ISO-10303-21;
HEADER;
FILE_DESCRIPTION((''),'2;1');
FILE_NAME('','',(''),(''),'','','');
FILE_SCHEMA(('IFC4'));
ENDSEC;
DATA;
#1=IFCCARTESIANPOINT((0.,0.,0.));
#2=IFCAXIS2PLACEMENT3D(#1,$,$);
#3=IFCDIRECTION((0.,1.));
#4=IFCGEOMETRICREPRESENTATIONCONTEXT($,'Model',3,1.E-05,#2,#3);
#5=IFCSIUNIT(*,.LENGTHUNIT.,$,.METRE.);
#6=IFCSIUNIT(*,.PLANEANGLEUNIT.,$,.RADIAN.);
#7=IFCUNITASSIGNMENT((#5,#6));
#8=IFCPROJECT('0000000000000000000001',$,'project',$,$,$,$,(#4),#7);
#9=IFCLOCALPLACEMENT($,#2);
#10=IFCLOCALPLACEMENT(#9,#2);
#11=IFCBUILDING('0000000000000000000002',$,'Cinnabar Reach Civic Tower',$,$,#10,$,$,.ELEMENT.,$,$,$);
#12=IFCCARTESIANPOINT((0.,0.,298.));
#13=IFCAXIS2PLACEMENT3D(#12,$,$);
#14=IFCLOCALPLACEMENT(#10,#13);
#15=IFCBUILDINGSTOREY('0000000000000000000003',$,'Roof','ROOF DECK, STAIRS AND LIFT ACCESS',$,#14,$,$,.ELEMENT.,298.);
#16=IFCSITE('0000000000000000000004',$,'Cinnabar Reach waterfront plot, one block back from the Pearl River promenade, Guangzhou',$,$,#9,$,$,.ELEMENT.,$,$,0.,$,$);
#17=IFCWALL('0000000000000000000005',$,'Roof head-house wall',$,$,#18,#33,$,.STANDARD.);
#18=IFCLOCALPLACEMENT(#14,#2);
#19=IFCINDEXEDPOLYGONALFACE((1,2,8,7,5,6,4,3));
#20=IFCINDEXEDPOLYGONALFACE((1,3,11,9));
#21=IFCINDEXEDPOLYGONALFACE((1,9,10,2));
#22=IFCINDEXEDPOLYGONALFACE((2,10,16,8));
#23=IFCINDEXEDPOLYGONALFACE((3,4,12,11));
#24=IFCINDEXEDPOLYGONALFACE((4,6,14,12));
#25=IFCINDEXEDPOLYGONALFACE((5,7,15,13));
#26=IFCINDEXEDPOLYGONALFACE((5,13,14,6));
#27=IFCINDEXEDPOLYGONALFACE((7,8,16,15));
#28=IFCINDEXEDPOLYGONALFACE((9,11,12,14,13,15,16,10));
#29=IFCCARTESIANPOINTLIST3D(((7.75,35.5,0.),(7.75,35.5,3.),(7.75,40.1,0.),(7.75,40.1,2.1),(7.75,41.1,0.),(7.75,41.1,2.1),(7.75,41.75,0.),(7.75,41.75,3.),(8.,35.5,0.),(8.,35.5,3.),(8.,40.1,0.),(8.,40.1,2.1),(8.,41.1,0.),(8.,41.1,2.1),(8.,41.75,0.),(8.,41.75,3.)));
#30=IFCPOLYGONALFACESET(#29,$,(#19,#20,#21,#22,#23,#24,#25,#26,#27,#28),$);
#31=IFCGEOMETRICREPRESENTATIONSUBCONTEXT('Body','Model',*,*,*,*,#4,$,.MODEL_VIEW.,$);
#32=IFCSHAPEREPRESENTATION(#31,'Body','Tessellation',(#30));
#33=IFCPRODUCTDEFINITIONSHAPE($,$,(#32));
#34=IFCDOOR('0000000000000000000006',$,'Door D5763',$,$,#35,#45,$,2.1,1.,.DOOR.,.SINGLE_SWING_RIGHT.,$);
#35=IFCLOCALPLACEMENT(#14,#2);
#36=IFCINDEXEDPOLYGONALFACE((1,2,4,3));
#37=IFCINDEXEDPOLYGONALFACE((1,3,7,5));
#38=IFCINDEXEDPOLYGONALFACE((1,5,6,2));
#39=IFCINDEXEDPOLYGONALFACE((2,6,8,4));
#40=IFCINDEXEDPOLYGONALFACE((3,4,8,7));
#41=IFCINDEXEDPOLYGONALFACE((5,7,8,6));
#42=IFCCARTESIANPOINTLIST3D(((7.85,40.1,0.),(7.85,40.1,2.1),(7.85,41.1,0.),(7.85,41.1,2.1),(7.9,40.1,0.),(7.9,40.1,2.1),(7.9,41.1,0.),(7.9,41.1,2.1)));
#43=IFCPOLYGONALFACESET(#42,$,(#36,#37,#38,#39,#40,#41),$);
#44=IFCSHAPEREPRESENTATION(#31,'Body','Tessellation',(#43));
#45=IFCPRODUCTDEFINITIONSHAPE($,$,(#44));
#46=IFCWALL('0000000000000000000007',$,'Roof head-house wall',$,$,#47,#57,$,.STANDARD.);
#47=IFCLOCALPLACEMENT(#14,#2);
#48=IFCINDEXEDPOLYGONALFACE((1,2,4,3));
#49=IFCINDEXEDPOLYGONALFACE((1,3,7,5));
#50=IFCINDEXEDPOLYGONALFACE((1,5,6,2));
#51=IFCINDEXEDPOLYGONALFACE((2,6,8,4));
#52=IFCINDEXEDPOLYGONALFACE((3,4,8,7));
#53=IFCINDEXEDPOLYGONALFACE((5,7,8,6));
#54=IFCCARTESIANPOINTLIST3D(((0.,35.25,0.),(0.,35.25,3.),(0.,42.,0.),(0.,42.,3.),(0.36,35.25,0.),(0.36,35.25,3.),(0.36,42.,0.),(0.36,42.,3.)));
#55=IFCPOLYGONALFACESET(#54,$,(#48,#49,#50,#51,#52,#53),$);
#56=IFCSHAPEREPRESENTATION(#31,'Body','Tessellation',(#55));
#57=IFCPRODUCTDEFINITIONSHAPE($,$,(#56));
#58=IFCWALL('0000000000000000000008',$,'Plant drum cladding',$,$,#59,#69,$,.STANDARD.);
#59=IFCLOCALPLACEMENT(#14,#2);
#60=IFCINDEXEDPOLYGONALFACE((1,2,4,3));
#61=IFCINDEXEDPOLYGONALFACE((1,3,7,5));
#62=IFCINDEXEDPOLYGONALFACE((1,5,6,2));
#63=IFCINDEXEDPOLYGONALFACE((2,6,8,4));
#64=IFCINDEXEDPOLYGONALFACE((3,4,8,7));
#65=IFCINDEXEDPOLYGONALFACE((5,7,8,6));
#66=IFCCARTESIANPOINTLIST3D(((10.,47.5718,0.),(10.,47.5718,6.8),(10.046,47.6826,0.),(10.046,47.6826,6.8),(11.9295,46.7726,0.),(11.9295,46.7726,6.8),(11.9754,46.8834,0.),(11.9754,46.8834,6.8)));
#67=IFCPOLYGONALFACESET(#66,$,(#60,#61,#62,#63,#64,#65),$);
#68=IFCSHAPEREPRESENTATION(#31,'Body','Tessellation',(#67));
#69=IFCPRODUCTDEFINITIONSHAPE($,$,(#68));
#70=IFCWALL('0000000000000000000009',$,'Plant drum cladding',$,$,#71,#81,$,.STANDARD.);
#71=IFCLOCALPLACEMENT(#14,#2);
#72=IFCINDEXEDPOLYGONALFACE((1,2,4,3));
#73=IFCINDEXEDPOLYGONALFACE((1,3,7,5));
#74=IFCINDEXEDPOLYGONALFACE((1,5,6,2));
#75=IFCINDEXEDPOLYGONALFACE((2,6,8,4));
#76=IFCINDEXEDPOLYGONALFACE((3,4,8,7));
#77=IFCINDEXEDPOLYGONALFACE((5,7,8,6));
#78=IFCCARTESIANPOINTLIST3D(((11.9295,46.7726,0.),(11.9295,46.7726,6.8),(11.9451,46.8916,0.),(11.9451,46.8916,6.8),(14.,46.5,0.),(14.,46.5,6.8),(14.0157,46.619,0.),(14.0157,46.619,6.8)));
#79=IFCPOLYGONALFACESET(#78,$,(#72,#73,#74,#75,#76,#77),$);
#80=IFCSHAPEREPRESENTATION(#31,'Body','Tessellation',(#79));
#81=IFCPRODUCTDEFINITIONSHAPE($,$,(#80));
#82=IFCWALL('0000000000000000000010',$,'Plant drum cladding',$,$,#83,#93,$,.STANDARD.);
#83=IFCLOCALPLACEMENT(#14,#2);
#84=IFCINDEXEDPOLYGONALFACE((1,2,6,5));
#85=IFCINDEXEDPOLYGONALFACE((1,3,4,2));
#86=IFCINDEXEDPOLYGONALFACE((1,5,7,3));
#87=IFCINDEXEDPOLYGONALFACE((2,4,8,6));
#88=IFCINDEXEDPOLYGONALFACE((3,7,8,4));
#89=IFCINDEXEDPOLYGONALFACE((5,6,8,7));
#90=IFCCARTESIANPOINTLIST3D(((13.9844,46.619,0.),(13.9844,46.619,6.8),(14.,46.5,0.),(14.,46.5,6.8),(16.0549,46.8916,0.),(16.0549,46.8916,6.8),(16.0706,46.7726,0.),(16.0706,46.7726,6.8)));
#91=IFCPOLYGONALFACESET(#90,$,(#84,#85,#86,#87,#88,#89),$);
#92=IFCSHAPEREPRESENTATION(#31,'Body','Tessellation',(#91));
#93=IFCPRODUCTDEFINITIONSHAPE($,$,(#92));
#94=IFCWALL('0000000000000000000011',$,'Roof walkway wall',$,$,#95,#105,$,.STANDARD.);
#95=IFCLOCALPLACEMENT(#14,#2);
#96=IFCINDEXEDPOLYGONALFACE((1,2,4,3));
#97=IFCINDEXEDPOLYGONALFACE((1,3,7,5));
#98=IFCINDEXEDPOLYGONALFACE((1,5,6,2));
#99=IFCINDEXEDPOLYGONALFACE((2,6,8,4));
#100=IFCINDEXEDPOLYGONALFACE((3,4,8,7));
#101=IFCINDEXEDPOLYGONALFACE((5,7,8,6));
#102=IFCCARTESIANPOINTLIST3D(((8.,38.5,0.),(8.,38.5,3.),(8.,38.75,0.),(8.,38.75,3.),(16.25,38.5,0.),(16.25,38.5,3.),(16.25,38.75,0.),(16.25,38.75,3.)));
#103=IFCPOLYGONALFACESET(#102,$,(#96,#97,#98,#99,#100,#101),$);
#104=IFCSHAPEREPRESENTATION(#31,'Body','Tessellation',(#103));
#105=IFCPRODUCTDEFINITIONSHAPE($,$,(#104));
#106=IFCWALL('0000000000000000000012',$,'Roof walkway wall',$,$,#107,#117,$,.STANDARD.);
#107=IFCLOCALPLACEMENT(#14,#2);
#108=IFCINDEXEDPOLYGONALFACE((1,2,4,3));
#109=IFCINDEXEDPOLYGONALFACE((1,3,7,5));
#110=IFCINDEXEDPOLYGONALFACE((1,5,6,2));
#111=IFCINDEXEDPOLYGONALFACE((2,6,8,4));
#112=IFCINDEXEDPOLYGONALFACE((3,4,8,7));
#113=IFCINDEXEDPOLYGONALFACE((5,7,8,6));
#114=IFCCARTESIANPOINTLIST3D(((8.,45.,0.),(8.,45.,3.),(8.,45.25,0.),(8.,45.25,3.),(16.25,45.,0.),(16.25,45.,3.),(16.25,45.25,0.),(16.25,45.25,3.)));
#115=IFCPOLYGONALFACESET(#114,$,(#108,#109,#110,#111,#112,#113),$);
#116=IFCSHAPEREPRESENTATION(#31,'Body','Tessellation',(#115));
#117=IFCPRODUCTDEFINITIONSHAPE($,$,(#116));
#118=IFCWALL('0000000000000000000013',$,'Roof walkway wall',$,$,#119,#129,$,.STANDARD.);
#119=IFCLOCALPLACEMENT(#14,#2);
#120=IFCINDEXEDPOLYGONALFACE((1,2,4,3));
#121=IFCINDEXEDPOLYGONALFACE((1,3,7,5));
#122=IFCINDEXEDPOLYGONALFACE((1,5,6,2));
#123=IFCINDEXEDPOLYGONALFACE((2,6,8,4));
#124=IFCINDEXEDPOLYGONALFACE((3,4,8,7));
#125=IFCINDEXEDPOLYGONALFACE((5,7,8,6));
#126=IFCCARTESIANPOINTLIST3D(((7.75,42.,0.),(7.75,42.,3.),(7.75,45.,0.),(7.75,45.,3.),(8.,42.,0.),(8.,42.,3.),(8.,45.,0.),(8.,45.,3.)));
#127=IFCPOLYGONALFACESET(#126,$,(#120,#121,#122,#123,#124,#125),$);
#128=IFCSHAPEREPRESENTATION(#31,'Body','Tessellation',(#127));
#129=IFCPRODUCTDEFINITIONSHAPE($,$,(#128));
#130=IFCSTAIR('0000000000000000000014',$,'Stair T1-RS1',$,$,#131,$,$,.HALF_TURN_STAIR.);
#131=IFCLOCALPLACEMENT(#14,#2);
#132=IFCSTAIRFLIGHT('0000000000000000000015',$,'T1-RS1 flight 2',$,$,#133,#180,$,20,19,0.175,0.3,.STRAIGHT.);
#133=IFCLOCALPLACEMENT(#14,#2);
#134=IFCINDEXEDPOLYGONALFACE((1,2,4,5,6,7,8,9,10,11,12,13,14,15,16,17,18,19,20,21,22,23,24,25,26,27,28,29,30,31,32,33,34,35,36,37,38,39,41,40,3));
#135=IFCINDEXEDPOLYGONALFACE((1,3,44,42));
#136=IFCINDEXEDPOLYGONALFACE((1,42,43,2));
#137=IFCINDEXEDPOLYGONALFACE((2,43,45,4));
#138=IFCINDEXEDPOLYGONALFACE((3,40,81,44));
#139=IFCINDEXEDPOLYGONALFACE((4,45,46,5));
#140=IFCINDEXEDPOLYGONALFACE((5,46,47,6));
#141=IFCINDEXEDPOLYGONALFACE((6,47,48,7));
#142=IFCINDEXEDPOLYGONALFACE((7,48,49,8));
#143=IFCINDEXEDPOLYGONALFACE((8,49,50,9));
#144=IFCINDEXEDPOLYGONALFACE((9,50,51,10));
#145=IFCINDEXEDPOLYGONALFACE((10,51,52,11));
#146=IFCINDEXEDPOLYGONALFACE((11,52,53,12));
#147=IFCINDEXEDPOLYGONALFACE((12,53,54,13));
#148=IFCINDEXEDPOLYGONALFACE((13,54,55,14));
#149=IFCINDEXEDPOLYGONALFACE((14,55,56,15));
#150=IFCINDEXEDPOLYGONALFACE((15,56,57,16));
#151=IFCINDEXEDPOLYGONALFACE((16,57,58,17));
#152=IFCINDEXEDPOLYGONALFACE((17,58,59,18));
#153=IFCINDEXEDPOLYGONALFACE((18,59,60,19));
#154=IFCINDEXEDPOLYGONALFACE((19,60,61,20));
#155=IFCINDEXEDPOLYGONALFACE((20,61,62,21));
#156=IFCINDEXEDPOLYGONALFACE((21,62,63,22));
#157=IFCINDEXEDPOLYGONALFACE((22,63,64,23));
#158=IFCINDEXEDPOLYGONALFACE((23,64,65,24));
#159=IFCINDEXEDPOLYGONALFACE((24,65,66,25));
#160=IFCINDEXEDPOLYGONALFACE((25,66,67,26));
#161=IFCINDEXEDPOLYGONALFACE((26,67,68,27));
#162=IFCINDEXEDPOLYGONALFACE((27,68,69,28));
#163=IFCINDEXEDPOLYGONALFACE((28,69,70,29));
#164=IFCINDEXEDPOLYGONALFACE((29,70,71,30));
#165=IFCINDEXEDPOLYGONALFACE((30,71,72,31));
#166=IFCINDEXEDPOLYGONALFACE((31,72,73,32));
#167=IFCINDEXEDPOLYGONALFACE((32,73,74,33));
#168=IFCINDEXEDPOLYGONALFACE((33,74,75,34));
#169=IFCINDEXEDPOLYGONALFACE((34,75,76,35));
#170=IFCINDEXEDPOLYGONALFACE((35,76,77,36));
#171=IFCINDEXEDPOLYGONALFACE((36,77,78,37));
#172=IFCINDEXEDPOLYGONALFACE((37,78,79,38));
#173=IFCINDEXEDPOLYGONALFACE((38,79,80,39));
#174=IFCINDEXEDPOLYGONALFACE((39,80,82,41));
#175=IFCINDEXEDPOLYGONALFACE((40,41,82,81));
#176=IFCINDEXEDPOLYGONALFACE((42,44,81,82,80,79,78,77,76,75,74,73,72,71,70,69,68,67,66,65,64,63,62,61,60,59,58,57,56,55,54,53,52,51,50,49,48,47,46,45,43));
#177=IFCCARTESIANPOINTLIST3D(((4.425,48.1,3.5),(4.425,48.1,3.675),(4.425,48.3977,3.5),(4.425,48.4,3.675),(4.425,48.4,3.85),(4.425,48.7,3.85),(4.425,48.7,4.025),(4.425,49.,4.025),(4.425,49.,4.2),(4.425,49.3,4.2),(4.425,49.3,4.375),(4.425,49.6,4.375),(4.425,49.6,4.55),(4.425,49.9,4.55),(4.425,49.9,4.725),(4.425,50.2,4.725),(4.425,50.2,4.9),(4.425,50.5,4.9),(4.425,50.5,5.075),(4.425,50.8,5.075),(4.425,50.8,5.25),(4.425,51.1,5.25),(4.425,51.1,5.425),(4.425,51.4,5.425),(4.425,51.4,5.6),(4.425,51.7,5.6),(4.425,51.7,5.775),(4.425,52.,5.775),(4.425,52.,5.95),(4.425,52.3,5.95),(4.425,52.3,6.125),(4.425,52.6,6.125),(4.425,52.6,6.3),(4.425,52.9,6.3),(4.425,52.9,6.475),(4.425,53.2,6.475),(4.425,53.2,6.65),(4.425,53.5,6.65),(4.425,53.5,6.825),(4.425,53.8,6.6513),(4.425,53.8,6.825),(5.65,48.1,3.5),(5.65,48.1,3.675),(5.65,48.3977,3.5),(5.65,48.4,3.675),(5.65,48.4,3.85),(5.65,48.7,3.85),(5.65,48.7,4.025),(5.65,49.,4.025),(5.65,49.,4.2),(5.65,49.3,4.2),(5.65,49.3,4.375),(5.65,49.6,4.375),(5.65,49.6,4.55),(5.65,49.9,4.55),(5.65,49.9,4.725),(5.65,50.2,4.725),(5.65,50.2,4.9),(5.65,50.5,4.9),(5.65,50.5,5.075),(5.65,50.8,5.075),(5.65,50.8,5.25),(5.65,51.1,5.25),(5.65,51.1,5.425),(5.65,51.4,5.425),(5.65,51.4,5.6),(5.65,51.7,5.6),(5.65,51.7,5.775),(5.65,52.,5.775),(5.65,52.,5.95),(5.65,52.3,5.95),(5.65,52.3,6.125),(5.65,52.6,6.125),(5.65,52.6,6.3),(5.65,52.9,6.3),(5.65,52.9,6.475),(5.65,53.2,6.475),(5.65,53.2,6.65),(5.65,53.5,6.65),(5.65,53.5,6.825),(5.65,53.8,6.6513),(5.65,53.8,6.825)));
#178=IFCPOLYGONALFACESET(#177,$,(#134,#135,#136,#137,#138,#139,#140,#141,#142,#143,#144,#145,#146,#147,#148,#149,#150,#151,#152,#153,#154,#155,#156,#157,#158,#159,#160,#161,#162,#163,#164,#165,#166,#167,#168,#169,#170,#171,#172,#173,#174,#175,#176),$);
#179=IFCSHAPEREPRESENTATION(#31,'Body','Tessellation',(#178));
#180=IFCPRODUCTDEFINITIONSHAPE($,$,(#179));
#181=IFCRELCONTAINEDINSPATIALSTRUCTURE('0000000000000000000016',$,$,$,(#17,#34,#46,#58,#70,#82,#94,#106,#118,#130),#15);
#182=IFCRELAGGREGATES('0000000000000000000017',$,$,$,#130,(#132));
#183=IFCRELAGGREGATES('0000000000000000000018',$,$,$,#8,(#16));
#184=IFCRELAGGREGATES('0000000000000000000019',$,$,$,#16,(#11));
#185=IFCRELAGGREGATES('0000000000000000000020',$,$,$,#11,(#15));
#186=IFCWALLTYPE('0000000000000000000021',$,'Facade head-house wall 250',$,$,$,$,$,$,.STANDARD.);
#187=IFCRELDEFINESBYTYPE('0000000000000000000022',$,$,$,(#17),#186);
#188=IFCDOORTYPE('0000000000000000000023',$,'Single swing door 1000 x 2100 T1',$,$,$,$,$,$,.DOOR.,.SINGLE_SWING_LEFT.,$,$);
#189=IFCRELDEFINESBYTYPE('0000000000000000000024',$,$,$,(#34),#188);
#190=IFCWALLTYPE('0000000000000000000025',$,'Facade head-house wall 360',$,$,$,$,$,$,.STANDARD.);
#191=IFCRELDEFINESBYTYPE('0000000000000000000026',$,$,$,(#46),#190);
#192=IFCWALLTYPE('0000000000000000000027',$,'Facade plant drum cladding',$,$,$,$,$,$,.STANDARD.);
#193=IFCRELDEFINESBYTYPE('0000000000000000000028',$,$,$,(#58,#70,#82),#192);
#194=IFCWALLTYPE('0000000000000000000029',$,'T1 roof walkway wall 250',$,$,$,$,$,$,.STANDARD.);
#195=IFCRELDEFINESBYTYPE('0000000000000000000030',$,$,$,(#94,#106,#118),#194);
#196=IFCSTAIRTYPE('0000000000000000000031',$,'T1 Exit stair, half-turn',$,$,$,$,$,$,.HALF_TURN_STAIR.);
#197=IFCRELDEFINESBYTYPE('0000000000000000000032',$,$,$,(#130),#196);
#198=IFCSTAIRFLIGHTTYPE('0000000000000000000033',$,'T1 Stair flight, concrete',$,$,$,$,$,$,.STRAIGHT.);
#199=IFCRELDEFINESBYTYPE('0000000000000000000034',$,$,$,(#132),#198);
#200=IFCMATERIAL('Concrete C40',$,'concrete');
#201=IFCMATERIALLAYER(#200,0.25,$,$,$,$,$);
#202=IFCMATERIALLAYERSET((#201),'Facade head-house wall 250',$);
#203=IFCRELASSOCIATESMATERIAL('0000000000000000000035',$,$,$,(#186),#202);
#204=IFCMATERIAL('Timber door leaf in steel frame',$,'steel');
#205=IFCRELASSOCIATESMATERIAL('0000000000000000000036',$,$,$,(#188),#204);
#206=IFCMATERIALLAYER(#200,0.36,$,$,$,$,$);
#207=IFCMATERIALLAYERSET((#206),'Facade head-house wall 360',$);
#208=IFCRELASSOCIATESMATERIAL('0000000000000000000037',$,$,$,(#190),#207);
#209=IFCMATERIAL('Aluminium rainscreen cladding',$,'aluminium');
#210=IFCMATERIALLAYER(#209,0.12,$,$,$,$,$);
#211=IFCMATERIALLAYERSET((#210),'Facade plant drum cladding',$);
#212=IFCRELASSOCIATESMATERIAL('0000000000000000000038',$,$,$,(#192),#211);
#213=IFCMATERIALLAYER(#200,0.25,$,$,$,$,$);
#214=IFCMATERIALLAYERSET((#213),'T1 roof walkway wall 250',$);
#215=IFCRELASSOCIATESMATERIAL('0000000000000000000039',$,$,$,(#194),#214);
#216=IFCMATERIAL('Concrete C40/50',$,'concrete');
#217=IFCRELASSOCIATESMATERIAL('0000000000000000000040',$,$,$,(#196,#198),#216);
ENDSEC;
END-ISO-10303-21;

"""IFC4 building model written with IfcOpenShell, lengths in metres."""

from ifc_helpers import new_model, si_unit, direction, frame, frame_2d, origin, place, context, subcontext, project, spatial, polyline, rectangle, outline, extrude, material, layer, layer_set, type_object, element, fill, aggregate, save


model = new_model("IFC4")

# Units and contexts
model_context = context("Model", 3, precision=1e-05, world=origin(), true_north=direction((0.0, 1.0)))
body_context = subcontext(model_context, "Body", "Model", "MODEL_VIEW")
ifc_project = project(units=[si_unit("LENGTHUNIT", "METRE"), si_unit("PLANEANGLEUNIT", "RADIAN")], contexts=[model_context])

# Site, building, storey
site_placement = place(None, origin())
site = spatial("IfcSite", under=ifc_project, at=site_placement, Name="Cinnabar Reach waterfront plot, one block back from the Pearl River promenade, Guangzhou", CompositionType="ELEMENT", RefElevation=0.0)
building_placement = place(site_placement, origin())
building = spatial("IfcBuilding", under=site, at=building_placement, Name="Cinnabar Reach Civic Tower", CompositionType="ELEMENT")
storey_placement = place(building_placement, frame((0.0, 0.0, 298.0)))
storey = spatial("IfcBuildingStorey", under=building, at=storey_placement, Name="Roof", Description="ROOF DECK, STAIRS AND LIFT ACCESS", CompositionType="ELEMENT", Elevation=298.0)

# Shared definitions
ifc_material_1 = material(Name="Concrete C40", Category="concrete")
ifc_layer_1 = layer(ifc_material_1, 0.25)
ifc_layer_set_1 = layer_set([ifc_layer_1], Name="Facade head-house wall 250")
wall_type_1 = type_object("IfcWallType", Name="Facade head-house wall 250", PredefinedType="STANDARD", material=ifc_layer_set_1)

# Wall, opening, door
ifc_material_2 = material(Name="Timber door leaf in steel frame", Category="steel")
wall_1_placement = place(storey_placement, frame((7.875, 35.5, 0.0), z_axis=(0.0, 0.0, 1.0), x_axis=(0.0, 1.0, 0.0)))
wall_1 = element("IfcWall", 1, at=wall_1_placement, inside=storey, type_object=wall_type_1, Name="Roof head-house wall", PredefinedType="STANDARD", context=body_context, shape_type="SweptSolid", body=[
    extrude(rectangle(XDim=6.25, YDim=0.25, at=frame_2d((3.125, 0.0))), origin(), (0.0, 0.0, 1.0), 3.0),
])
opening_1_placement = place(wall_1_placement, frame((4.6, 0.0, 0.0)))
opening_1 = element("IfcOpeningElement", 2, at=opening_1_placement, cuts=wall_1, PredefinedType="OPENING", context=body_context, shape_type="SweptSolid", body=[
    extrude(rectangle(XDim=1.0, YDim=2.1, at=frame_2d((0.5, 1.05))), frame((0.0, 0.135, 0.0), z_axis=(0.0, -1.0, 0.0), x_axis=(1.0, 0.0, 0.0)), (0.0, 0.0, 1.0), 0.27),
])
door_type_1 = type_object("IfcDoorType", Name="Single swing door 1000 x 2100 T1", OperationType="SINGLE_SWING_LEFT", PredefinedType="DOOR", material=ifc_material_2)
door_1_placement = place(opening_1_placement, origin())
door_1 = element("IfcDoor", 3, at=door_1_placement, inside=storey, type_object=door_type_1, Name="Door D5763", OperationType="SINGLE_SWING_RIGHT", OverallHeight=2.1, OverallWidth=1.0, PredefinedType="DOOR", context=body_context, shape_type="SweptSolid", body=[
    extrude(rectangle(XDim=1.0, YDim=2.1, at=frame_2d((0.5, 1.05))), frame((0.0, 0.025, 0.0), z_axis=(0.0, -1.0, 0.0), x_axis=(1.0, 0.0, 0.0)), (0.0, 0.0, 1.0), 0.05),
])
fill(opening_1, door_1)

# Walls
ifc_layer_2 = layer(ifc_material_1, 0.36)
ifc_layer_set_2 = layer_set([ifc_layer_2], Name="Facade head-house wall 360")
wall_type_2 = type_object("IfcWallType", Name="Facade head-house wall 360", PredefinedType="STANDARD", material=ifc_layer_set_2)
wall_2_placement = place(storey_placement, frame((0.18, 35.25, 0.0), z_axis=(0.0, 0.0, 1.0), x_axis=(0.0, 1.0, 0.0)))
element("IfcWall", 4, at=wall_2_placement, inside=storey, type_object=wall_type_2, Name="Roof head-house wall", PredefinedType="STANDARD", context=body_context, shape_type="SweptSolid", body=[
    extrude(rectangle(XDim=6.75, YDim=0.36, at=frame_2d((3.375, 0.0))), origin(), (0.0, 0.0, 1.0), 3.0),
])
ifc_material_3 = material(Name="Aluminium rainscreen cladding", Category="aluminium")
ifc_layer_3 = layer(ifc_material_3, 0.12)
ifc_layer_set_3 = layer_set([ifc_layer_3], Name="Facade plant drum cladding")
wall_type_3 = type_object("IfcWallType", Name="Facade plant drum cladding", PredefinedType="STANDARD", material=ifc_layer_set_3)
for number, where, z_axis, x_axis, name in (
    (5, (10.023, 47.6272, 0.0), (0.0, 0.0, 1.0), (0.923877, -0.38269, 0.0), "Plant drum cladding"),
    (6, (11.9373, 46.8321, 0.0), (0.0, 0.0, 1.0), (0.991444, -0.130533, 0.0), "Plant drum cladding"),
    (7, (13.9922, 46.5595, 0.0), (0.0, 0.0, 1.0), (0.991444, 0.130533, 0.0), "Plant drum cladding"),
):
    element("IfcWall", number, at=place(storey_placement, frame(where, z_axis=z_axis, x_axis=x_axis)), inside=storey, type_object=wall_type_3, Name=name, PredefinedType="STANDARD", context=body_context, shape_type="SweptSolid", body=[
        extrude(rectangle(XDim=2.0884, YDim=0.12, at=frame_2d((1.0442, 0.0))), origin(), (0.0, 0.0, 1.0), 6.8),
    ])
ifc_layer_4 = layer(ifc_material_1, 0.25)
ifc_layer_set_4 = layer_set([ifc_layer_4], Name="T1 roof walkway wall 250")
wall_type_4 = type_object("IfcWallType", Name="T1 roof walkway wall 250", PredefinedType="STANDARD", material=ifc_layer_set_4)
for number, where, z_axis, x_axis, name in (
    (8, (8.0, 38.625, 0.0), (0.0, 0.0, 1.0), (1.0, 0.0, 0.0), "Roof walkway wall"),
    (9, (8.0, 45.125, 0.0), (0.0, 0.0, 1.0), (1.0, 0.0, 0.0), "Roof walkway wall"),
):
    element("IfcWall", number, at=place(storey_placement, frame(where, z_axis=z_axis, x_axis=x_axis)), inside=storey, type_object=wall_type_4, Name=name, PredefinedType="STANDARD", context=body_context, shape_type="SweptSolid", body=[
        extrude(rectangle(XDim=8.25, YDim=0.25, at=frame_2d((4.125, 0.0))), origin(), (0.0, 0.0, 1.0), 3.0),
    ])
wall_3_placement = place(storey_placement, frame((7.875, 42.0, 0.0), z_axis=(0.0, 0.0, 1.0), x_axis=(0.0, 1.0, 0.0)))
element("IfcWall", 10, at=wall_3_placement, inside=storey, type_object=wall_type_4, Name="Roof walkway wall", PredefinedType="STANDARD", context=body_context, shape_type="SweptSolid", body=[
    extrude(rectangle(XDim=3.0, YDim=0.25, at=frame_2d((1.5, 0.0))), origin(), (0.0, 0.0, 1.0), 3.0),
])

# Stair, stair flight
ifc_material_4 = material(Name="Concrete C40/50", Category="concrete")
stair_type = type_object("IfcStairType", Name="T1 Exit stair, half-turn", PredefinedType="HALF_TURN_STAIR", material=ifc_material_4)
stair_placement = place(storey_placement, origin())
stair = element("IfcStair", 11, at=stair_placement, inside=storey, type_object=stair_type, Name="Stair T1-RS1", PredefinedType="HALF_TURN_STAIR")
stair_flight_type = type_object("IfcStairFlightType", Name="T1 Stair flight, concrete", PredefinedType="STRAIGHT", material=ifc_material_4)
stair_flight_placement = place(storey_placement, frame((5.0375, 48.1, 3.5), z_axis=(0.0, 0.0, 1.0), x_axis=(0.0, 1.0, 0.0)))
stair_flight = element("IfcStairFlight", 12, at=stair_flight_placement, type_object=stair_flight_type, Name="T1-RS1 flight 2", NumberOfRisers=20, NumberOfTreads=19, PredefinedType="STRAIGHT", RiserHeight=0.175, TreadLength=0.3, context=body_context, shape_type="SweptSolid", body=[
    extrude(outline(polyline([(0.0, 0.0), (0.0, 0.175), (0.3, 0.175), (0.3, 0.35), (0.6, 0.35), (0.6, 0.525), (0.9, 0.525), (0.9, 0.7), (1.2, 0.7), (1.2, 0.875), (1.5, 0.875), (1.5, 1.05), (1.8, 1.05), (1.8, 1.225), (2.1, 1.225), (2.1, 1.4), (2.4, 1.4), (2.4, 1.575), (2.7, 1.575), (2.7, 1.75), (3.0, 1.75), (3.0, 1.925), (3.3, 1.925), (3.3, 2.1), (3.6, 2.1), (3.6, 2.275), (3.9, 2.275), (3.9, 2.45), (4.2, 2.45), (4.2, 2.625), (4.5, 2.625), (4.5, 2.8), (4.8, 2.8), (4.8, 2.975), (5.1, 2.975), (5.1, 3.15), (5.4, 3.15), (5.4, 3.325), (5.7, 3.325), (5.7, 3.5), (5.7, 3.1513), (0.2977, 0.0), (0.0, 0.0)])), frame((0.0, 0.6125, 0.0), z_axis=(0.0, -1.0, 0.0), x_axis=(1.0, 0.0, 0.0)), (0.0, 0.0, 1.0), 1.225),
])

aggregate(stair, [stair_flight])

save(model, "model.ifc")
